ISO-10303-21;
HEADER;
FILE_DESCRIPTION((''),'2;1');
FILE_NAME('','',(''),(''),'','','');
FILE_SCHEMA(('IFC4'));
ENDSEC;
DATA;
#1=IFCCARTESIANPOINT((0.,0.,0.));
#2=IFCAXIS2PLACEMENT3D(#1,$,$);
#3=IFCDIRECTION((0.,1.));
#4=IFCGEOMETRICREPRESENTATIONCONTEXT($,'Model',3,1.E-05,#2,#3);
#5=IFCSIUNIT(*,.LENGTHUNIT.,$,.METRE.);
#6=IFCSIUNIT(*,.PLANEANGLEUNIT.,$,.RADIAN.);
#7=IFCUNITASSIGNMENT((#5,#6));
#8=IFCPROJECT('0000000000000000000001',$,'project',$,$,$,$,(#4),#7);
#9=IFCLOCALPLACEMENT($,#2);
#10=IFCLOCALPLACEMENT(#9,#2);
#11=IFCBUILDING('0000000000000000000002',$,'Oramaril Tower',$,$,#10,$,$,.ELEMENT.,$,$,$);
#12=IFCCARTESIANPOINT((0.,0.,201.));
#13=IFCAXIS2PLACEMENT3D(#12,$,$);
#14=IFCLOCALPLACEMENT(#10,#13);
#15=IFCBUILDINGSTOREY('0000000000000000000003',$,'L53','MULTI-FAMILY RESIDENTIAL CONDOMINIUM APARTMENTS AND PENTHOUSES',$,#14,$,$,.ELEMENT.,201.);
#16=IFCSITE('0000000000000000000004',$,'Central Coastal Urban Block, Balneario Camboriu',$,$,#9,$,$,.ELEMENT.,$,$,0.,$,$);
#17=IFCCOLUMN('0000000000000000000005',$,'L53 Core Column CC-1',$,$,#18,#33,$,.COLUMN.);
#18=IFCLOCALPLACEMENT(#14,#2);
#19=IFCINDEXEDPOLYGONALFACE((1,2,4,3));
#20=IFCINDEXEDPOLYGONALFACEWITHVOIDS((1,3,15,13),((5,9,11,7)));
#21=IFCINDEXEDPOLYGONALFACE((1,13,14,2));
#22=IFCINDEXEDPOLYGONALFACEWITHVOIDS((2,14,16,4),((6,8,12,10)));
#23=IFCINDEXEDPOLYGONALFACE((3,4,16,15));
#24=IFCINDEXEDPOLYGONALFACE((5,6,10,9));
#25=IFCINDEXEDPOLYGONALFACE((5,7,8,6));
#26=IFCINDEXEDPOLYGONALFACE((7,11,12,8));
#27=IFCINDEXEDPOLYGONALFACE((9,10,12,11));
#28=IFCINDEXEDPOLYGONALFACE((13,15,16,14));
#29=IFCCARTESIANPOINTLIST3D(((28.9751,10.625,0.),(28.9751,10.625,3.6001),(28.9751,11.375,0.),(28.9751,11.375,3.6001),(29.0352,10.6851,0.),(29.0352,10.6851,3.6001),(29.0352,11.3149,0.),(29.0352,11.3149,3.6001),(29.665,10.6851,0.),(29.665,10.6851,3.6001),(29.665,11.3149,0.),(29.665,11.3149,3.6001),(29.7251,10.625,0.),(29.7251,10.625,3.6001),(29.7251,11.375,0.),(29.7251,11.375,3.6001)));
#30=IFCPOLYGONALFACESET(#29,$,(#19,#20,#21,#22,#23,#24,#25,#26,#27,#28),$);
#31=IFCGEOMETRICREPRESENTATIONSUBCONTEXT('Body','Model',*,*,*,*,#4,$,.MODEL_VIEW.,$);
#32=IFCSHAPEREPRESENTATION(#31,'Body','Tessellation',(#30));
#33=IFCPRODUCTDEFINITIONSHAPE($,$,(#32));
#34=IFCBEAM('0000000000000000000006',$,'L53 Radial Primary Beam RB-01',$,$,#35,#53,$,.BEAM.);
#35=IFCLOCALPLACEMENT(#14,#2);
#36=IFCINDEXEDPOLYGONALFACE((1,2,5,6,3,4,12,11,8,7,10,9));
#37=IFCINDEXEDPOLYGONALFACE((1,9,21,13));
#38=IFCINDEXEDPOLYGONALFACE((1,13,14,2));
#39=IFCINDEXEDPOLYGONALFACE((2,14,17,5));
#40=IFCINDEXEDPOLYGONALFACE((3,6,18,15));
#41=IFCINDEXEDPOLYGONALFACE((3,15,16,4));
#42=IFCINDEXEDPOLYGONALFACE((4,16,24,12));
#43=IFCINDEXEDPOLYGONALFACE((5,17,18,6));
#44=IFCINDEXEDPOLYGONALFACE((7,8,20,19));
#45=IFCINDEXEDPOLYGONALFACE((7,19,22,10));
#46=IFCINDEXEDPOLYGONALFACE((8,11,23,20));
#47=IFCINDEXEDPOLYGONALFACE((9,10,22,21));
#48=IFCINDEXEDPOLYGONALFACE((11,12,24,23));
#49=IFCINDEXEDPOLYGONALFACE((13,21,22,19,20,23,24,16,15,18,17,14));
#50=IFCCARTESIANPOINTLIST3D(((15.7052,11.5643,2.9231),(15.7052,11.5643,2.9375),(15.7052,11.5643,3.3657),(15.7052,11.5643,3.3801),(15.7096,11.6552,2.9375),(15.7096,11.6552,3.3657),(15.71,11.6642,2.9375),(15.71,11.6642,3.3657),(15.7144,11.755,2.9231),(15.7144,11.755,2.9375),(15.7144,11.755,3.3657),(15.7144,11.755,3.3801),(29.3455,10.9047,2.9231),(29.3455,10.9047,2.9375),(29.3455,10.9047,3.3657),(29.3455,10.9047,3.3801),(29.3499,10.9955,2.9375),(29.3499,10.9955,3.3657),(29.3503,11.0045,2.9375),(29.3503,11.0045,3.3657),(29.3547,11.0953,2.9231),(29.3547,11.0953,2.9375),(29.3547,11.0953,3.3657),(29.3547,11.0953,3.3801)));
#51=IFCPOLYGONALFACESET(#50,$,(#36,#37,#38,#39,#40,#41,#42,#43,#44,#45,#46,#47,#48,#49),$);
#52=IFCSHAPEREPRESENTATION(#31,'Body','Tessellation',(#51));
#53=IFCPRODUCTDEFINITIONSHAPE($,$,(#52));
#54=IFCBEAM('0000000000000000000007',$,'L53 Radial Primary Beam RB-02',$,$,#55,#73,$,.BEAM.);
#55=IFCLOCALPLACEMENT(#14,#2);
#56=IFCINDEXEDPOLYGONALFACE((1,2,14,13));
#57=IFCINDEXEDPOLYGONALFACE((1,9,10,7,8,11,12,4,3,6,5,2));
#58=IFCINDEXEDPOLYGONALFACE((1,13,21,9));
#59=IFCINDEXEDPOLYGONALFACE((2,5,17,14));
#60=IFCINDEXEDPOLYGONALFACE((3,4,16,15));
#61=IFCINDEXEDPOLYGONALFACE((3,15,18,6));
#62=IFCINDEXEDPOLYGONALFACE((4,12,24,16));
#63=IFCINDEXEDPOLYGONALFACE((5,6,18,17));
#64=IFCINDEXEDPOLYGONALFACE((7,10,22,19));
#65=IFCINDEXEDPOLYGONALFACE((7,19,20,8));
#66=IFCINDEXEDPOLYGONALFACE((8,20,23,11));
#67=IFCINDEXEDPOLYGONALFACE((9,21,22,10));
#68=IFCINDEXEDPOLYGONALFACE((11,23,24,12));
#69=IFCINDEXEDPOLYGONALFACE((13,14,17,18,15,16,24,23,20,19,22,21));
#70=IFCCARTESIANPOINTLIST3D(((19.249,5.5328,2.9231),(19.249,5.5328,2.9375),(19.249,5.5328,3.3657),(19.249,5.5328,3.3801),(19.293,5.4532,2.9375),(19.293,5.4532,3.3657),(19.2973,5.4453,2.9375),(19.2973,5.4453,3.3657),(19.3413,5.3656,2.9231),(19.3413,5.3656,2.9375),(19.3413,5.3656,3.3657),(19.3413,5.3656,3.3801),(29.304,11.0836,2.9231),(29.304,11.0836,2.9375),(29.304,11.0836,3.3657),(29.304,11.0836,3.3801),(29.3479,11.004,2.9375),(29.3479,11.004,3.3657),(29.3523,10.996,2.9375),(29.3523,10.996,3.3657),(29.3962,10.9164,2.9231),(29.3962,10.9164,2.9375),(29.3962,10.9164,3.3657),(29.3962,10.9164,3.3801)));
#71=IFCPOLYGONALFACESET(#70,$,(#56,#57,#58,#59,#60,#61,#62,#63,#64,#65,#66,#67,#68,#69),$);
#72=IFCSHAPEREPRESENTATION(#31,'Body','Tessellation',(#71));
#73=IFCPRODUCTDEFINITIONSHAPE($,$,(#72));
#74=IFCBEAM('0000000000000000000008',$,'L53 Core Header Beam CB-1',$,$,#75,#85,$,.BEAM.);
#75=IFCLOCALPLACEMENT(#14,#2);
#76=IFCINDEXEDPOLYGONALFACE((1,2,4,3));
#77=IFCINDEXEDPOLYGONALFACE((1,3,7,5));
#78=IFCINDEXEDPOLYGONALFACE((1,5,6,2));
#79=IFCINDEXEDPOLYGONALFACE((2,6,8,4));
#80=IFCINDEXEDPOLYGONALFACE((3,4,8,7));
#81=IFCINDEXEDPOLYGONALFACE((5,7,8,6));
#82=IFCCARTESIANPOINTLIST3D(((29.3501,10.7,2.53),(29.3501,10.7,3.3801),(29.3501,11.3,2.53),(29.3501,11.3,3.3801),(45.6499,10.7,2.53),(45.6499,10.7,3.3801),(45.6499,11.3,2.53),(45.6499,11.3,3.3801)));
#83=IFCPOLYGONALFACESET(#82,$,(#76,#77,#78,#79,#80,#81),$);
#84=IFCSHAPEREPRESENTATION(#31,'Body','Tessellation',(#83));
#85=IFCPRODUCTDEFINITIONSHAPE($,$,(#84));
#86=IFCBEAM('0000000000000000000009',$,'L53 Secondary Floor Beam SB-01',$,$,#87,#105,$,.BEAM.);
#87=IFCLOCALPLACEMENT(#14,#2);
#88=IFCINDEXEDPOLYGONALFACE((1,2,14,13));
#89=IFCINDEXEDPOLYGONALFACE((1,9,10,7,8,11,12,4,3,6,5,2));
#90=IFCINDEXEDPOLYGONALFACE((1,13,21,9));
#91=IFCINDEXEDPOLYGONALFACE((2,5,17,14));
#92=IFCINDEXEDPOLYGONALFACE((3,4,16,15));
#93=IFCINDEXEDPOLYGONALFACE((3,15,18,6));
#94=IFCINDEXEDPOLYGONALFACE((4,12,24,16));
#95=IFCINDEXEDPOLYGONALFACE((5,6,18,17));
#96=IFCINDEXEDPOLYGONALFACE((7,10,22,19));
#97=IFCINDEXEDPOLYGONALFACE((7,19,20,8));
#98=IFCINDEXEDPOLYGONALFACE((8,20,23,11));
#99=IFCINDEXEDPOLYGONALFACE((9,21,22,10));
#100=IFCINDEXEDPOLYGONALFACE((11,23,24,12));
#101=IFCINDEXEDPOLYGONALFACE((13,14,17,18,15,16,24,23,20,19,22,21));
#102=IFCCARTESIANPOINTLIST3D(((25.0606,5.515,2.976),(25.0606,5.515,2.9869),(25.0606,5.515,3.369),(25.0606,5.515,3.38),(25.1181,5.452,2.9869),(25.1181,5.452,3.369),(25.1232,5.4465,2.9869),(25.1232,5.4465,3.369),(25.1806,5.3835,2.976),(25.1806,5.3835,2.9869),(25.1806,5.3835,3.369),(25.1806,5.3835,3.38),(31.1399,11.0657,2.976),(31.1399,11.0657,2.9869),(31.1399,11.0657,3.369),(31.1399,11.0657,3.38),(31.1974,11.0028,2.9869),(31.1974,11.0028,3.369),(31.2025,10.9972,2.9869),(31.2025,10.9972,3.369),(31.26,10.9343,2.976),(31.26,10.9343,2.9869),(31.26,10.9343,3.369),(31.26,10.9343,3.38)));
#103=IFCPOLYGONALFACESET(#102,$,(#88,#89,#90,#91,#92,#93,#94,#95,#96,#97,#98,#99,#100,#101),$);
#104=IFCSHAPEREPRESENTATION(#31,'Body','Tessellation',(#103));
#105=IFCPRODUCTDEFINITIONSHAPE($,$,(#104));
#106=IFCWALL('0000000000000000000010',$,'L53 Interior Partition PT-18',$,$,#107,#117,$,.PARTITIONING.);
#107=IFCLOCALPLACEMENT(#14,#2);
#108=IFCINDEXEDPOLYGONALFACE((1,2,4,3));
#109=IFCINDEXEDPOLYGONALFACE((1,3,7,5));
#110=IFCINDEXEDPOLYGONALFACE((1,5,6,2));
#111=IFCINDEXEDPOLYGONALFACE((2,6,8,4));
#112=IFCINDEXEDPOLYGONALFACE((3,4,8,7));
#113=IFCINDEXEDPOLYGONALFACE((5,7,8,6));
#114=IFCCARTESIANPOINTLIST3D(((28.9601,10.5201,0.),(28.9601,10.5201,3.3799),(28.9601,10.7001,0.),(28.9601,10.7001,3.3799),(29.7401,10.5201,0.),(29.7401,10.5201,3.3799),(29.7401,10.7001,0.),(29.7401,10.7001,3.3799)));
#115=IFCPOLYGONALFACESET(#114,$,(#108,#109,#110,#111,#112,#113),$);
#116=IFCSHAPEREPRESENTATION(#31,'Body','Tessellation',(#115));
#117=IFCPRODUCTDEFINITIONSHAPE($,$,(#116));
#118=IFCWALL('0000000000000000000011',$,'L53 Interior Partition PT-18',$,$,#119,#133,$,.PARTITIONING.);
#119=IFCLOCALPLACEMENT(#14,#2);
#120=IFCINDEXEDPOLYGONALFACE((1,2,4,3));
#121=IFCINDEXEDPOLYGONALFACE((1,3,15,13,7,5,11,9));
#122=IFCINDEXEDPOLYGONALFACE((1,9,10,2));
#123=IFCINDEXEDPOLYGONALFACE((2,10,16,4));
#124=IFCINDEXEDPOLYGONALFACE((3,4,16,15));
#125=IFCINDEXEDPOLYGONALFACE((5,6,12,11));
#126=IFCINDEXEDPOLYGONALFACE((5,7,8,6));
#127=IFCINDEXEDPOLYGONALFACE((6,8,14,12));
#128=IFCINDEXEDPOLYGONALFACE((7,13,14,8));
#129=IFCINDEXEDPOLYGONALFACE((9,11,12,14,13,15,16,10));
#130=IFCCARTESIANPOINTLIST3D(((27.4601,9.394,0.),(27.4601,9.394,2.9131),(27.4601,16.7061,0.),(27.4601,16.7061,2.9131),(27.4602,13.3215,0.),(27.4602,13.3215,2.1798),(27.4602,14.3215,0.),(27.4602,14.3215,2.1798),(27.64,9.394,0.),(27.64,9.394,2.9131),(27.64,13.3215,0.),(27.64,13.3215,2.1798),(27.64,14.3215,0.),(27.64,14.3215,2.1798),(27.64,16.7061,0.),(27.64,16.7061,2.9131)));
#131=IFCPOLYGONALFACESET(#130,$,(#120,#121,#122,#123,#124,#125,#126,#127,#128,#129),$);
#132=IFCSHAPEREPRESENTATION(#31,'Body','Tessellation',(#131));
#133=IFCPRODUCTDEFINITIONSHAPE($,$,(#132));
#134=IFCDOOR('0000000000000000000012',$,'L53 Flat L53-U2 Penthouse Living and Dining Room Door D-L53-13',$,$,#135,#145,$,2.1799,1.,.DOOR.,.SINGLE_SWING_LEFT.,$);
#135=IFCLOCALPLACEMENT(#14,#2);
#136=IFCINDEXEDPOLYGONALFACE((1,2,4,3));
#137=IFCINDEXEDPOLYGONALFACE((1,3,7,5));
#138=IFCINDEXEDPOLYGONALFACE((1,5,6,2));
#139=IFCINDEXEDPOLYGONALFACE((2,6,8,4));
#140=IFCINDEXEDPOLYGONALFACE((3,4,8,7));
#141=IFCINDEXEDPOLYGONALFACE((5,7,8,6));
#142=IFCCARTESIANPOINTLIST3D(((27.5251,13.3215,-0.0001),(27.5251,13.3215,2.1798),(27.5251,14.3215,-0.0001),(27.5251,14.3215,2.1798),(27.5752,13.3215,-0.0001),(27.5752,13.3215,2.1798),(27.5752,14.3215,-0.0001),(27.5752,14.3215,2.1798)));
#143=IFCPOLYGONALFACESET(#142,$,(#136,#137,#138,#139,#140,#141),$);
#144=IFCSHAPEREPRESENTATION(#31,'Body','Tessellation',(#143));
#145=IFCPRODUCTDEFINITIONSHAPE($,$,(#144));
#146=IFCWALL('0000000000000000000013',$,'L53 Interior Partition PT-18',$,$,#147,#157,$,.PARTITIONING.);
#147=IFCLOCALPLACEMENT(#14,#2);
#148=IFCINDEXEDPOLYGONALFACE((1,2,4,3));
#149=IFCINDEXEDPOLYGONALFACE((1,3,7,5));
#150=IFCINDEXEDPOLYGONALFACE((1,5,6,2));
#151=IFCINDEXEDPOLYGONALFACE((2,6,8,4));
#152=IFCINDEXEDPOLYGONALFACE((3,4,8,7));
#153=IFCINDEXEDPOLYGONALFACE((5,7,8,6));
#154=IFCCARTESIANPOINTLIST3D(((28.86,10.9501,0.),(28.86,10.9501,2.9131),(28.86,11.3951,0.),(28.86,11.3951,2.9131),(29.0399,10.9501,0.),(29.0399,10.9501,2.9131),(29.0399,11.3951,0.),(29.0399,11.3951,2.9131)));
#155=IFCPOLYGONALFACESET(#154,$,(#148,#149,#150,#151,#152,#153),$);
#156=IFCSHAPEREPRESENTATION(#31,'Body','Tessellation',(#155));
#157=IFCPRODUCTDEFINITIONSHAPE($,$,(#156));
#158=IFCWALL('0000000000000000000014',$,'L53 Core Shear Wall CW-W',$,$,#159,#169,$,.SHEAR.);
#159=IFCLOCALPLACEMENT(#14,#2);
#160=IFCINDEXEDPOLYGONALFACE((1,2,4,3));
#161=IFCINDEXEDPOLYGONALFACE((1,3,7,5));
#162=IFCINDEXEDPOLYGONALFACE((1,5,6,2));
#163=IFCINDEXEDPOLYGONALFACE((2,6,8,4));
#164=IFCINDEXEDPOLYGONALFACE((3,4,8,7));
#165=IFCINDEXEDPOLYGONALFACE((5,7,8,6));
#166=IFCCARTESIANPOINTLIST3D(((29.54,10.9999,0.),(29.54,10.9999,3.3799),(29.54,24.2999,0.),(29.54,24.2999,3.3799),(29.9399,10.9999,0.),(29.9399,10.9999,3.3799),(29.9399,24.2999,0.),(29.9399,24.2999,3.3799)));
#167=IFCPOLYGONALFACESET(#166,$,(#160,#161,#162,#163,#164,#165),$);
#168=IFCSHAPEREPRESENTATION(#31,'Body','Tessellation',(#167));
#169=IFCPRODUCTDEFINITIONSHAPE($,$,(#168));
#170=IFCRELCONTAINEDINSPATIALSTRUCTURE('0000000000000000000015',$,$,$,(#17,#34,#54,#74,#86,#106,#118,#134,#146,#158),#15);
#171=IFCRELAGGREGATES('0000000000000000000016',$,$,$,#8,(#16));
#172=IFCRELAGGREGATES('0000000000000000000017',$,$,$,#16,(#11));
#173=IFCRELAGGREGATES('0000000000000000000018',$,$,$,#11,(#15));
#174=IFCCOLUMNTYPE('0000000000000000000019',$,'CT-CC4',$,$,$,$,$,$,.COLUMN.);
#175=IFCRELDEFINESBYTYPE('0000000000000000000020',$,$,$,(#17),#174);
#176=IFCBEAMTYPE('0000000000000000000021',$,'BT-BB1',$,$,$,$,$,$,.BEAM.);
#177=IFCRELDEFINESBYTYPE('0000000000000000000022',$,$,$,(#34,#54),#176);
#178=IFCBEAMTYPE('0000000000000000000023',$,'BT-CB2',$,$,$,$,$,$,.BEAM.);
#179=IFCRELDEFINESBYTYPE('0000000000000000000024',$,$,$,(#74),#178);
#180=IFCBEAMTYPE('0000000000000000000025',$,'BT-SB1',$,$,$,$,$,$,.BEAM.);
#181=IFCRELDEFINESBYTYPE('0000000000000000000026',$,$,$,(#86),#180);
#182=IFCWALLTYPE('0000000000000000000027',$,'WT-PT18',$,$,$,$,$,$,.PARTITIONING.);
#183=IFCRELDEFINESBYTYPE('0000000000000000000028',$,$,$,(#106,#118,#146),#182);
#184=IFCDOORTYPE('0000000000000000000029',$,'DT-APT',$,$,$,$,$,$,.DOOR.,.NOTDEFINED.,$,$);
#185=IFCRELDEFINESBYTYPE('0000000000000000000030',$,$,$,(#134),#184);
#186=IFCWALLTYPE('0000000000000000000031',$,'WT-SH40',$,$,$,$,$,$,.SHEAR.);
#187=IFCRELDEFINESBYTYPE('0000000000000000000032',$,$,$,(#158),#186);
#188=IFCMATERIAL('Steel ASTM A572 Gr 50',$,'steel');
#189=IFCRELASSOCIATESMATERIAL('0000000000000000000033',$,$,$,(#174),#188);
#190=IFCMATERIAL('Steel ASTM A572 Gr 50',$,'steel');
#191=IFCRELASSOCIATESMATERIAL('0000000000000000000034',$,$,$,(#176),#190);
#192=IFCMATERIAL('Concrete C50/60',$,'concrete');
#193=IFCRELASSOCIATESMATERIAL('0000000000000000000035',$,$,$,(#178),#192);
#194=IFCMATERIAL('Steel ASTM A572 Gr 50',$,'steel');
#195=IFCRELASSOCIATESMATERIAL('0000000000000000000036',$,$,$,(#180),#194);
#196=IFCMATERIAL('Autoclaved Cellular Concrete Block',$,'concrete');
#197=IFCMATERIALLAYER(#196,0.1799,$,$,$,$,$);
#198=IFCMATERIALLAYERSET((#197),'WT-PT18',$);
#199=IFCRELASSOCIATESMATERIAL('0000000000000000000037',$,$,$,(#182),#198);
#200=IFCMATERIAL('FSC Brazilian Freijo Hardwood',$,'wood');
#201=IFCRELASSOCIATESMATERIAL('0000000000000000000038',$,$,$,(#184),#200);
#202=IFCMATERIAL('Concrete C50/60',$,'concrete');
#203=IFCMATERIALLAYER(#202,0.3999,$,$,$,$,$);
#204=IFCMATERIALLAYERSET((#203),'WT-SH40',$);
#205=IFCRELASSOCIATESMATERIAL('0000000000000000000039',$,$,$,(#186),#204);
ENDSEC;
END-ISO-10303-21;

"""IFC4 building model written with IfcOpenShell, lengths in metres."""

from ifc_helpers import new_model, si_unit, direction, frame, frame_2d, origin, origin_2d, place, context, subcontext, project, spatial, rectangle, hollow_rectangle, i_section, extrude, material, layer, layer_set, material_profile, profile_set, type_object, element, fill, save


model = new_model("IFC4")

# Units and contexts
model_context = context("Model", 3, precision=1e-05, world=origin(), true_north=direction((0.0, 1.0)))
body_context = subcontext(model_context, "Body", "Model", "MODEL_VIEW")
ifc_project = project(units=[si_unit("LENGTHUNIT", "METRE"), si_unit("PLANEANGLEUNIT", "RADIAN")], contexts=[model_context])

# Site, building, storey
site_placement = place(None, origin())
site = spatial("IfcSite", under=ifc_project, at=site_placement, Name="Central Coastal Urban Block, Balneario Camboriu", CompositionType="ELEMENT", RefElevation=0.0)
building_placement = place(site_placement, origin())
building = spatial("IfcBuilding", under=site, at=building_placement, Name="Oramaril Tower", CompositionType="ELEMENT")
storey_placement = place(building_placement, frame((0.0, 0.0, 201.0)))
storey = spatial("IfcBuildingStorey", under=building, at=storey_placement, Name="L53", Description="MULTI-FAMILY RESIDENTIAL CONDOMINIUM APARTMENTS AND PENTHOUSES", CompositionType="ELEMENT", Elevation=201.0)

# Column
ifc_material_1 = material(Name="Steel ASTM A572 Gr 50", Category="steel")
ifc_material_profile_1 = material_profile(ifc_material_1, hollow_rectangle(XDim=0.75, YDim=0.75, WallThickness=0.0601, at=origin_2d()), Name="BOX750X750X60")
ifc_profile_set_1 = profile_set([ifc_material_profile_1], Name="Steel ASTM A572 Gr 50")
column_type = type_object("IfcColumnType", Name="CT-CC4", PredefinedType="COLUMN", material=ifc_profile_set_1)
column_placement = place(storey_placement, frame((29.3501, 11.0, 0.0), z_axis=(0.0, 0.0, 1.0), x_axis=(1.0, 0.0, 0.0)))
element("IfcColumn", 1, at=column_placement, inside=storey, type_object=column_type, Name="L53 Core Column CC-1", PredefinedType="COLUMN", context=body_context, shape_type="SweptSolid", body=[
    extrude(hollow_rectangle(XDim=0.75, YDim=0.75, WallThickness=0.0601, at=origin_2d()), origin(), (0.0, 0.0, 1.0), 3.6001),
])

# Beams
ifc_material_2 = material(Name="Steel ASTM A572 Gr 50", Category="steel")
ifc_material_profile_2 = material_profile(ifc_material_2, i_section(OverallWidth=0.1909, OverallDepth=0.457, WebThickness=0.009, FlangeThickness=0.0144, at=origin_2d()), Name="W18X50")
ifc_profile_set_2 = profile_set([ifc_material_profile_2], Name="Steel ASTM A572 Gr 50")
beam_type_1 = type_object("IfcBeamType", Name="BT-BB1", PredefinedType="BEAM", material=ifc_profile_set_2)
beam_1_placement = place(storey_placement, frame((29.3501, 11.0, 3.1516), z_axis=(-0.998833, 0.048305, 0.0), x_axis=(-0.048305, -0.998833, 0.0)))
element("IfcBeam", 2, at=beam_1_placement, inside=storey, type_object=beam_type_1, Name="L53 Radial Primary Beam RB-01", PredefinedType="BEAM", context=body_context, shape_type="SweptSolid", body=[
    extrude(i_section(OverallWidth=0.1909, OverallDepth=0.457, WebThickness=0.009, FlangeThickness=0.0144, at=origin_2d()), origin(), (0.0, 0.0, 1.0), 13.6562),
])
beam_2_placement = place(storey_placement, frame((29.3501, 11.0, 3.1516), z_axis=(-0.875459, -0.483293, 0.0), x_axis=(0.483293, -0.875459, 0.0)))
element("IfcBeam", 3, at=beam_2_placement, inside=storey, type_object=beam_type_1, Name="L53 Radial Primary Beam RB-02", PredefinedType="BEAM", context=body_context, shape_type="SweptSolid", body=[
    extrude(i_section(OverallWidth=0.1909, OverallDepth=0.457, WebThickness=0.009, FlangeThickness=0.0144, at=origin_2d()), origin(), (0.0, 0.0, 1.0), 11.4854),
])
ifc_material_3 = material(Name="Concrete C50/60", Category="concrete")
ifc_material_profile_3 = material_profile(ifc_material_3, rectangle(XDim=0.6001, YDim=0.8501, at=origin_2d()), Name="CB600X850")
ifc_profile_set_3 = profile_set([ifc_material_profile_3], Name="Concrete C50/60")
beam_type_2 = type_object("IfcBeamType", Name="BT-CB2", PredefinedType="BEAM", material=ifc_profile_set_3)
beam_3_placement = place(storey_placement, frame((29.3501, 11.0, 2.9551), z_axis=(1.0, 0.0, 0.0), x_axis=(0.0, 1.0, 0.0)))
element("IfcBeam", 4, at=beam_3_placement, inside=storey, type_object=beam_type_2, Name="L53 Core Header Beam CB-1", PredefinedType="BEAM", context=body_context, shape_type="SweptSolid", body=[
    extrude(rectangle(XDim=0.6001, YDim=0.8501, at=origin_2d()), origin(), (0.0, 0.0, 1.0), 16.2998),
])
ifc_material_4 = material(Name="Steel ASTM A572 Gr 50", Category="steel")
ifc_material_profile_4 = material_profile(ifc_material_4, i_section(OverallWidth=0.178, OverallDepth=0.4041, WebThickness=0.0076, FlangeThickness=0.011, at=origin_2d()), Name="W16X36")
ifc_profile_set_4 = profile_set([ifc_material_profile_4], Name="Steel ASTM A572 Gr 50")
beam_type_3 = type_object("IfcBeamType", Name="BT-SB1", PredefinedType="BEAM", material=ifc_profile_set_4)
beam_4_placement = place(storey_placement, frame((31.2, 11.0, 3.178), z_axis=(-0.738481, -0.674274, 0.0), x_axis=(0.674274, -0.738481, 0.0)))
element("IfcBeam", 5, at=beam_4_placement, inside=storey, type_object=beam_type_3, Name="L53 Secondary Floor Beam SB-01", PredefinedType="BEAM", context=body_context, shape_type="SweptSolid", body=[
    extrude(i_section(OverallWidth=0.178, OverallDepth=0.4041, WebThickness=0.0076, FlangeThickness=0.011, at=origin_2d()), origin(), (0.0, 0.0, 1.0), 8.2322),
])

# Wall
ifc_material_5 = material(Name="Autoclaved Cellular Concrete Block", Category="concrete")
ifc_layer_1 = layer(ifc_material_5, 0.1799)
ifc_layer_set_1 = layer_set([ifc_layer_1], Name="WT-PT18")
wall_type_1 = type_object("IfcWallType", Name="WT-PT18", PredefinedType="PARTITIONING", material=ifc_layer_set_1)
wall_1_placement = place(storey_placement, frame((28.96, 10.6101, 0.0), z_axis=(0.0, 0.0, 1.0), x_axis=(1.0, 0.0, 0.0)))
element("IfcWall", 6, at=wall_1_placement, inside=storey, type_object=wall_type_1, Name="L53 Interior Partition PT-18", PredefinedType="PARTITIONING", context=body_context, shape_type="SweptSolid", body=[
    extrude(rectangle(XDim=0.78, YDim=0.1799, at=frame_2d((0.3901, 0.0))), origin(), (0.0, 0.0, 1.0), 3.3799),
])

# Wall, opening, door
wall_2_placement = place(storey_placement, frame((27.55, 9.394, 0.0), z_axis=(0.0, 0.0, 1.0), x_axis=(0.0, 1.0, 0.0)))
wall_2 = element("IfcWall", 7, at=wall_2_placement, inside=storey, type_object=wall_type_1, Name="L53 Interior Partition PT-18", PredefinedType="PARTITIONING", context=body_context, shape_type="SweptSolid", body=[
    extrude(rectangle(XDim=7.312, YDim=0.1799, at=frame_2d((3.656, 0.0))), origin(), (0.0, 0.0, 1.0), 2.9131),
])
opening_placement = place(wall_2_placement, frame((3.9275, 0.0, 0.0)))
opening = element("IfcOpeningElement", 8, at=opening_placement, cuts=wall_2, PredefinedType="OPENING", context=body_context, shape_type="SweptSolid", body=[
    extrude(rectangle(XDim=1.0, YDim=2.1799, at=frame_2d((0.5, 1.0898))), frame((0.0, 0.0898, 0.0), z_axis=(0.0, -1.0, 0.0), x_axis=(1.0, 0.0, 0.0)), (0.0, 0.0, 1.0), 0.1799),
])
ifc_material_6 = material(Name="FSC Brazilian Freijo Hardwood", Category="wood")
door_type = type_object("IfcDoorType", Name="DT-APT", OperationType="NOTDEFINED", PredefinedType="DOOR", material=ifc_material_6)
door_placement = place(opening_placement, origin())
door = element("IfcDoor", 9, at=door_placement, inside=storey, type_object=door_type, Name="L53 Flat L53-U2 Penthouse Living and Dining Room Door D-L53-13", OperationType="SINGLE_SWING_LEFT", OverallHeight=2.1799, OverallWidth=1.0, PredefinedType="DOOR", context=body_context, shape_type="SweptSolid", body=[
    extrude(rectangle(XDim=1.0, YDim=2.1799, at=frame_2d((0.5, 1.0898))), frame((0.0, 0.0249, 0.0), z_axis=(0.0, -1.0, 0.0), x_axis=(1.0, 0.0, 0.0)), (0.0, 0.0, 1.0), 0.05),
])
fill(opening, door)

# Walls
wall_3_placement = place(storey_placement, frame((28.95, 10.95, 0.0), z_axis=(0.0, 0.0, 1.0), x_axis=(0.0, 1.0, 0.0)))
element("IfcWall", 10, at=wall_3_placement, inside=storey, type_object=wall_type_1, Name="L53 Interior Partition PT-18", PredefinedType="PARTITIONING", context=body_context, shape_type="SweptSolid", body=[
    extrude(rectangle(XDim=0.4451, YDim=0.1799, at=frame_2d((0.2227, 0.0))), origin(), (0.0, 0.0, 1.0), 2.9131),
])
ifc_material_7 = material(Name="Concrete C50/60", Category="concrete")
ifc_layer_2 = layer(ifc_material_7, 0.3999)
ifc_layer_set_2 = layer_set([ifc_layer_2], Name="WT-SH40")
wall_type_2 = type_object("IfcWallType", Name="WT-SH40", PredefinedType="SHEAR", material=ifc_layer_set_2)
wall_4_placement = place(storey_placement, frame((29.74, 11.0, 0.0), z_axis=(0.0, 0.0, 1.0), x_axis=(0.0, 1.0, 0.0)))
element("IfcWall", 11, at=wall_4_placement, inside=storey, type_object=wall_type_2, Name="L53 Core Shear Wall CW-W", PredefinedType="SHEAR", context=body_context, shape_type="SweptSolid", body=[
    extrude(rectangle(XDim=13.3, YDim=0.3999, at=frame_2d((6.6499, 0.0))), origin(), (0.0, 0.0, 1.0), 3.3799),
])

save(model, "model.ifc")
